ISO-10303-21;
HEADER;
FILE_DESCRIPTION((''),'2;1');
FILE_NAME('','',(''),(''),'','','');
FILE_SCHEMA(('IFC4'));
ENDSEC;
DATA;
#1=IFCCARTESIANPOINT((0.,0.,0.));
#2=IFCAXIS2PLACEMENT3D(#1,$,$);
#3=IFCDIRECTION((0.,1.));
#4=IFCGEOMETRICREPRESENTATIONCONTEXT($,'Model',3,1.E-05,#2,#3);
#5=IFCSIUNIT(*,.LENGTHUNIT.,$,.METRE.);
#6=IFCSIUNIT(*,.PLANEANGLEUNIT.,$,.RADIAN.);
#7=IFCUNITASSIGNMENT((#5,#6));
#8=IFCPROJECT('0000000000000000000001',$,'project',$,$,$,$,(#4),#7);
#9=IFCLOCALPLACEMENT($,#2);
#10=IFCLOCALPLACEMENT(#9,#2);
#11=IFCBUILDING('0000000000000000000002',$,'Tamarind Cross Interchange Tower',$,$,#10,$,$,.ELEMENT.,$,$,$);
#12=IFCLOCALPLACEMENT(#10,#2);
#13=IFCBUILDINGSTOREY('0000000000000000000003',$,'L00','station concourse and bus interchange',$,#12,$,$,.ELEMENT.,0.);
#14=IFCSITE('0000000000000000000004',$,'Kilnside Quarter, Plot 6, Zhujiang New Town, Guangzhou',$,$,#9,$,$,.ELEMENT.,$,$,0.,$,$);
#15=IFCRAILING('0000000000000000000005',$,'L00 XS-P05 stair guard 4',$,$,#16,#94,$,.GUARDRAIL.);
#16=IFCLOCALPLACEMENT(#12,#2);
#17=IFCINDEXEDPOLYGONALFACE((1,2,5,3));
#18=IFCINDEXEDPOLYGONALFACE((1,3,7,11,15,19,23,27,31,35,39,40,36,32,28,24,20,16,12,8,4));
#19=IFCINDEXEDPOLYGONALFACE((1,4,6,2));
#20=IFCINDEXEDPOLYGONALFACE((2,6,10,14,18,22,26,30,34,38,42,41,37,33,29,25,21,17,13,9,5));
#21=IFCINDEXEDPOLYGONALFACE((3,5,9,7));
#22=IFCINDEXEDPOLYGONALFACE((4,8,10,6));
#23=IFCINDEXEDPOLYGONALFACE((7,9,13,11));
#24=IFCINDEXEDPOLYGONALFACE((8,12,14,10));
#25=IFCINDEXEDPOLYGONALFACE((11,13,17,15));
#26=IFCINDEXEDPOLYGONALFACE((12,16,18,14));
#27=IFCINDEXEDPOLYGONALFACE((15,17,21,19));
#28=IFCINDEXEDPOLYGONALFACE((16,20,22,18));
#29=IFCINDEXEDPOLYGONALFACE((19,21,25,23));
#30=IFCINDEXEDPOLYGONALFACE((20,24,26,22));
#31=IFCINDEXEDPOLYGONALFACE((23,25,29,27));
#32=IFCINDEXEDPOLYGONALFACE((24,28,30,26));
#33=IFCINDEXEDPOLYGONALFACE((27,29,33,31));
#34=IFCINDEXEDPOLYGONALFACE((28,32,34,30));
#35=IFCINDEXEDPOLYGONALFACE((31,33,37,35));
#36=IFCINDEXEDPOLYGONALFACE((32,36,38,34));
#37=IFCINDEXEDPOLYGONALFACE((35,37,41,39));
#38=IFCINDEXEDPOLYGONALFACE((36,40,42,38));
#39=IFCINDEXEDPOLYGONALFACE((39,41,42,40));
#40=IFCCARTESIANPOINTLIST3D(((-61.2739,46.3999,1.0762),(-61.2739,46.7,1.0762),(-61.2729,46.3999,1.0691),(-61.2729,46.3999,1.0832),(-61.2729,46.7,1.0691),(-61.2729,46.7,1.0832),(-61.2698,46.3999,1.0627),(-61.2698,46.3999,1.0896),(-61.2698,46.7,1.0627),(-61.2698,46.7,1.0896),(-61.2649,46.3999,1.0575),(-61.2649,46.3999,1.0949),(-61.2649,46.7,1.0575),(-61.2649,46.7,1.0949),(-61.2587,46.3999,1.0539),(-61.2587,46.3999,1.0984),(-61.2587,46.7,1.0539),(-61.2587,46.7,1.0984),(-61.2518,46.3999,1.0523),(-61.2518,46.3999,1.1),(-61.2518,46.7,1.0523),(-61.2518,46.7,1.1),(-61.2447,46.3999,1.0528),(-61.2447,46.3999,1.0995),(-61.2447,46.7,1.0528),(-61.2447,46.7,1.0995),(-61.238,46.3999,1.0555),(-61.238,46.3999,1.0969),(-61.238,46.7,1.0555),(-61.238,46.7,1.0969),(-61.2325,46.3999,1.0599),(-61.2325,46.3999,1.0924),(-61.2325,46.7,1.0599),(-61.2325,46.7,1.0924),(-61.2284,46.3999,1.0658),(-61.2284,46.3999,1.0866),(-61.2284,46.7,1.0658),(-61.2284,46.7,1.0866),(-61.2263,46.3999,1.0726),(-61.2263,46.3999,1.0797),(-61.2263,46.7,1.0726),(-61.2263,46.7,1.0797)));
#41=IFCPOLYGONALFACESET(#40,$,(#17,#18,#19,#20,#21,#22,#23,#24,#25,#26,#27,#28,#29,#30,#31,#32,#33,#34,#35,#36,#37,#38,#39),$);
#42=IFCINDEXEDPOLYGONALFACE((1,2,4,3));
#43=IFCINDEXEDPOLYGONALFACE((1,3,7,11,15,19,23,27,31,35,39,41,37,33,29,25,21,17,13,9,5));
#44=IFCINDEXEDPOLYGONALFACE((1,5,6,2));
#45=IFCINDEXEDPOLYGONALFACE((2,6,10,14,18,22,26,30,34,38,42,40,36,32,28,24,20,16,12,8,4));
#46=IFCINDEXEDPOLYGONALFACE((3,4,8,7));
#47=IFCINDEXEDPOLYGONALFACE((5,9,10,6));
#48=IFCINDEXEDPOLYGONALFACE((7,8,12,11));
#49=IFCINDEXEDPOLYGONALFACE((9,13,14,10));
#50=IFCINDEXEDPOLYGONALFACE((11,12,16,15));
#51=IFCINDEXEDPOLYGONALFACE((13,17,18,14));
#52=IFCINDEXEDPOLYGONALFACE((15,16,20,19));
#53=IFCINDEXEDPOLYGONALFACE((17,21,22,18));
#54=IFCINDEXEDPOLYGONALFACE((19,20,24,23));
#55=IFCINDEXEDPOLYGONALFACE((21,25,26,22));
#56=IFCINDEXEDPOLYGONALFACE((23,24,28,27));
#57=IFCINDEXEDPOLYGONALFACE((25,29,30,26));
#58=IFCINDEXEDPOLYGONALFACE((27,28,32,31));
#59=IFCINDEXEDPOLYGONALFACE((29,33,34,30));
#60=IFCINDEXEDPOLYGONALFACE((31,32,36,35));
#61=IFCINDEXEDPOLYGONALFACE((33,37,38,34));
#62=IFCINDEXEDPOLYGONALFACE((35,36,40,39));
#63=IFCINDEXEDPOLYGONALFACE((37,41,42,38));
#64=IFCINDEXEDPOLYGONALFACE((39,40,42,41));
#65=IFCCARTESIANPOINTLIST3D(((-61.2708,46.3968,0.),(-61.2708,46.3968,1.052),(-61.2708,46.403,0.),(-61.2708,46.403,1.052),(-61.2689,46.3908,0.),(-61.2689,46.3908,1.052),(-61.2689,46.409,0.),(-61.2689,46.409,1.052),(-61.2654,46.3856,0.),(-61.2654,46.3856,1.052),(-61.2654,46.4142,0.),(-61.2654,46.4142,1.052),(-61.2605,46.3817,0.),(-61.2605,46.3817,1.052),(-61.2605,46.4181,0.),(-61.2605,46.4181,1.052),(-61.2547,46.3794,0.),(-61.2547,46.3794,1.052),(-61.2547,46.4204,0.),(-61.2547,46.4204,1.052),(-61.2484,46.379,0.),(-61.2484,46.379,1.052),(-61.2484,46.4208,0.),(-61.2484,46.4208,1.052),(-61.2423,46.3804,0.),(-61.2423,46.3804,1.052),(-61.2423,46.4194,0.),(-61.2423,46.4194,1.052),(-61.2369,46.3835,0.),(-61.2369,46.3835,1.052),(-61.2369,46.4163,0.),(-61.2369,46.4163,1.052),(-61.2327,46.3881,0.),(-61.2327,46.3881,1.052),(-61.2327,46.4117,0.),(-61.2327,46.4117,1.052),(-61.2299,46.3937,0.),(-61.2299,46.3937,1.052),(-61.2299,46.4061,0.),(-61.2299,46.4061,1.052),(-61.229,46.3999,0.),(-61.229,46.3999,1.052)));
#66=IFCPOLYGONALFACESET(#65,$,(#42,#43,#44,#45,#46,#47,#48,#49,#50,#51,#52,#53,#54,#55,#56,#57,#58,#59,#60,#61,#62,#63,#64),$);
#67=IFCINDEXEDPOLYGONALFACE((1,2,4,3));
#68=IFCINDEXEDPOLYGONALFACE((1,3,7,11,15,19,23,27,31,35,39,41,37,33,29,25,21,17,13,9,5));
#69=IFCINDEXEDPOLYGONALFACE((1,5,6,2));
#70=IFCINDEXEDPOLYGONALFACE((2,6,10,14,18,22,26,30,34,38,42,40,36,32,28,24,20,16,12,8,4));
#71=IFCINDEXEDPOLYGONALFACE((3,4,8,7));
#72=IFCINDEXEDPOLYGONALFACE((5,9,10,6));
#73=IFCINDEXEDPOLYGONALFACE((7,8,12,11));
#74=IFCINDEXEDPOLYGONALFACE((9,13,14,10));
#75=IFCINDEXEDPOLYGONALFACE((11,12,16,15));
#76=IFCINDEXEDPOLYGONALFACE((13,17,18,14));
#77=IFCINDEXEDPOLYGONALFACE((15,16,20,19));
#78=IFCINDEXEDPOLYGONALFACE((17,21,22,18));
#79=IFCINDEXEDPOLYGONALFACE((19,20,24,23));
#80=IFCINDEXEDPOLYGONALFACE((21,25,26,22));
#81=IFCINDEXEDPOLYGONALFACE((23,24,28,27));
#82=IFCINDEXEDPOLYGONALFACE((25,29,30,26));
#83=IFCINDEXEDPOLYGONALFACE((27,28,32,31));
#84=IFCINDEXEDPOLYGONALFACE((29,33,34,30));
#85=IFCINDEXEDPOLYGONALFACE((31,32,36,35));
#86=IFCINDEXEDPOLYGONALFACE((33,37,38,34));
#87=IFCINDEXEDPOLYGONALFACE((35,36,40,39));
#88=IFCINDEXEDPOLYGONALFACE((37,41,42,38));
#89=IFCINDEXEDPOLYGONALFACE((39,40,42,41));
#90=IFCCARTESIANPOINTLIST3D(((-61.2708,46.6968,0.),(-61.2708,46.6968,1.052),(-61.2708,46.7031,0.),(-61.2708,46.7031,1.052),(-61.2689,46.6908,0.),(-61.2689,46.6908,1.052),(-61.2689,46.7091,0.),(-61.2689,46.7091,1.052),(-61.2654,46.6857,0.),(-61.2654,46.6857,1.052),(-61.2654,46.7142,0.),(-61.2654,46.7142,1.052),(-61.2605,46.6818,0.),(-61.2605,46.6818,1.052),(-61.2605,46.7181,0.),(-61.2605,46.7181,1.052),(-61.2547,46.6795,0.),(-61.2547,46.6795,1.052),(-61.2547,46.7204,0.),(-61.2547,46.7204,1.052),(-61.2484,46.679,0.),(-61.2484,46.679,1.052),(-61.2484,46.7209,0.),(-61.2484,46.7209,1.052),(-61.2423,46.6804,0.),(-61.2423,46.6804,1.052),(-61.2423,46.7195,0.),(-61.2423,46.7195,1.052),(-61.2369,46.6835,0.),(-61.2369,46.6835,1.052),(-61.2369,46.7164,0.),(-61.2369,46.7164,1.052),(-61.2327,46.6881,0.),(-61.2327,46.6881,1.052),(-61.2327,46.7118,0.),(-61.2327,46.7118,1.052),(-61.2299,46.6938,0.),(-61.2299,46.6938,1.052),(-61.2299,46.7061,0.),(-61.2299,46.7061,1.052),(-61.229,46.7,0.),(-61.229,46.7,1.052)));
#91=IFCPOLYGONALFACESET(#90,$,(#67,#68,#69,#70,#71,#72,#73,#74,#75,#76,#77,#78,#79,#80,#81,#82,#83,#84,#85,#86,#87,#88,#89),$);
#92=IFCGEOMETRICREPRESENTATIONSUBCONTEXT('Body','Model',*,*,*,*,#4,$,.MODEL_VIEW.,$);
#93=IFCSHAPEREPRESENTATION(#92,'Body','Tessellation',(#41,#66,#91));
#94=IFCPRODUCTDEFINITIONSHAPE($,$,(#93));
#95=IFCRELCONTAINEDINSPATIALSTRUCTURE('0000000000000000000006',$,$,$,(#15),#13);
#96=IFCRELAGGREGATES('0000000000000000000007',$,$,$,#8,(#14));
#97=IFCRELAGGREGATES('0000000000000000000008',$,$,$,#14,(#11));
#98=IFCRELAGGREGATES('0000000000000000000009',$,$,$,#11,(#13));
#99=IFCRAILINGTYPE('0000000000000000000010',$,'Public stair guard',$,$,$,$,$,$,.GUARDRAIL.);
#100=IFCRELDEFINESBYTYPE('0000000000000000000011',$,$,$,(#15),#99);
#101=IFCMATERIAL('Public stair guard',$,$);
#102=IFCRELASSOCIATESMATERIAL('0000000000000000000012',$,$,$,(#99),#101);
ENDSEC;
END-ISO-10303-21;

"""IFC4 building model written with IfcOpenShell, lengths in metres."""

from ifc_helpers import new_model, si_unit, direction, frame, origin, origin_2d, place, context, subcontext, project, spatial, circle, extrude, material, type_object, element, save


model = new_model("IFC4")

# Units and contexts
model_context = context("Model", 3, precision=1e-05, world=origin(), true_north=direction((0.0, 1.0)))
body_context = subcontext(model_context, "Body", "Model", "MODEL_VIEW")
ifc_project = project(units=[si_unit("LENGTHUNIT", "METRE"), si_unit("PLANEANGLEUNIT", "RADIAN")], contexts=[model_context])

# Site, building, storey
site_placement = place(None, origin())
site = spatial("IfcSite", under=ifc_project, at=site_placement, Name="Kilnside Quarter, Plot 6, Zhujiang New Town, Guangzhou", CompositionType="ELEMENT", RefElevation=0.0)
building_placement = place(site_placement, origin())
building = spatial("IfcBuilding", under=site, at=building_placement, Name="Tamarind Cross Interchange Tower", CompositionType="ELEMENT")
storey_placement = place(building_placement, origin())
storey = spatial("IfcBuildingStorey", under=building, at=storey_placement, Name="L00", Description="station concourse and bus interchange", CompositionType="ELEMENT", Elevation=0.0)

# Railing
ifc_material_1 = material(Name="Public stair guard")
railing_type_1 = type_object("IfcRailingType", Name="Public stair guard", PredefinedType="GUARDRAIL", material=ifc_material_1)
railing_1_placement = place(storey_placement, frame((-61.25, 46.3999, 0.0)))
element("IfcRailing", 1, at=railing_1_placement, inside=storey, type_object=railing_type_1, Name="L00 XS-P05 stair guard 4", PredefinedType="GUARDRAIL", context=body_context, shape_type="SweptSolid", body=[
    extrude(circle(Radius=0.0239, at=origin_2d()), frame((0.0, 0.0, 1.0762), z_axis=(0.0, 1.0, 0.0), x_axis=(-1.0, 0.0, 0.0)), (0.0, 0.0, 1.0), 0.3),
    extrude(circle(Radius=0.021, at=origin_2d()), origin(), (0.0, 0.0, 1.0), 1.052),
    extrude(circle(Radius=0.021, at=origin_2d()), frame((0.0, 0.3, 0.0)), (0.0, 0.0, 1.0), 1.052),
])

save(model, "model.ifc")
